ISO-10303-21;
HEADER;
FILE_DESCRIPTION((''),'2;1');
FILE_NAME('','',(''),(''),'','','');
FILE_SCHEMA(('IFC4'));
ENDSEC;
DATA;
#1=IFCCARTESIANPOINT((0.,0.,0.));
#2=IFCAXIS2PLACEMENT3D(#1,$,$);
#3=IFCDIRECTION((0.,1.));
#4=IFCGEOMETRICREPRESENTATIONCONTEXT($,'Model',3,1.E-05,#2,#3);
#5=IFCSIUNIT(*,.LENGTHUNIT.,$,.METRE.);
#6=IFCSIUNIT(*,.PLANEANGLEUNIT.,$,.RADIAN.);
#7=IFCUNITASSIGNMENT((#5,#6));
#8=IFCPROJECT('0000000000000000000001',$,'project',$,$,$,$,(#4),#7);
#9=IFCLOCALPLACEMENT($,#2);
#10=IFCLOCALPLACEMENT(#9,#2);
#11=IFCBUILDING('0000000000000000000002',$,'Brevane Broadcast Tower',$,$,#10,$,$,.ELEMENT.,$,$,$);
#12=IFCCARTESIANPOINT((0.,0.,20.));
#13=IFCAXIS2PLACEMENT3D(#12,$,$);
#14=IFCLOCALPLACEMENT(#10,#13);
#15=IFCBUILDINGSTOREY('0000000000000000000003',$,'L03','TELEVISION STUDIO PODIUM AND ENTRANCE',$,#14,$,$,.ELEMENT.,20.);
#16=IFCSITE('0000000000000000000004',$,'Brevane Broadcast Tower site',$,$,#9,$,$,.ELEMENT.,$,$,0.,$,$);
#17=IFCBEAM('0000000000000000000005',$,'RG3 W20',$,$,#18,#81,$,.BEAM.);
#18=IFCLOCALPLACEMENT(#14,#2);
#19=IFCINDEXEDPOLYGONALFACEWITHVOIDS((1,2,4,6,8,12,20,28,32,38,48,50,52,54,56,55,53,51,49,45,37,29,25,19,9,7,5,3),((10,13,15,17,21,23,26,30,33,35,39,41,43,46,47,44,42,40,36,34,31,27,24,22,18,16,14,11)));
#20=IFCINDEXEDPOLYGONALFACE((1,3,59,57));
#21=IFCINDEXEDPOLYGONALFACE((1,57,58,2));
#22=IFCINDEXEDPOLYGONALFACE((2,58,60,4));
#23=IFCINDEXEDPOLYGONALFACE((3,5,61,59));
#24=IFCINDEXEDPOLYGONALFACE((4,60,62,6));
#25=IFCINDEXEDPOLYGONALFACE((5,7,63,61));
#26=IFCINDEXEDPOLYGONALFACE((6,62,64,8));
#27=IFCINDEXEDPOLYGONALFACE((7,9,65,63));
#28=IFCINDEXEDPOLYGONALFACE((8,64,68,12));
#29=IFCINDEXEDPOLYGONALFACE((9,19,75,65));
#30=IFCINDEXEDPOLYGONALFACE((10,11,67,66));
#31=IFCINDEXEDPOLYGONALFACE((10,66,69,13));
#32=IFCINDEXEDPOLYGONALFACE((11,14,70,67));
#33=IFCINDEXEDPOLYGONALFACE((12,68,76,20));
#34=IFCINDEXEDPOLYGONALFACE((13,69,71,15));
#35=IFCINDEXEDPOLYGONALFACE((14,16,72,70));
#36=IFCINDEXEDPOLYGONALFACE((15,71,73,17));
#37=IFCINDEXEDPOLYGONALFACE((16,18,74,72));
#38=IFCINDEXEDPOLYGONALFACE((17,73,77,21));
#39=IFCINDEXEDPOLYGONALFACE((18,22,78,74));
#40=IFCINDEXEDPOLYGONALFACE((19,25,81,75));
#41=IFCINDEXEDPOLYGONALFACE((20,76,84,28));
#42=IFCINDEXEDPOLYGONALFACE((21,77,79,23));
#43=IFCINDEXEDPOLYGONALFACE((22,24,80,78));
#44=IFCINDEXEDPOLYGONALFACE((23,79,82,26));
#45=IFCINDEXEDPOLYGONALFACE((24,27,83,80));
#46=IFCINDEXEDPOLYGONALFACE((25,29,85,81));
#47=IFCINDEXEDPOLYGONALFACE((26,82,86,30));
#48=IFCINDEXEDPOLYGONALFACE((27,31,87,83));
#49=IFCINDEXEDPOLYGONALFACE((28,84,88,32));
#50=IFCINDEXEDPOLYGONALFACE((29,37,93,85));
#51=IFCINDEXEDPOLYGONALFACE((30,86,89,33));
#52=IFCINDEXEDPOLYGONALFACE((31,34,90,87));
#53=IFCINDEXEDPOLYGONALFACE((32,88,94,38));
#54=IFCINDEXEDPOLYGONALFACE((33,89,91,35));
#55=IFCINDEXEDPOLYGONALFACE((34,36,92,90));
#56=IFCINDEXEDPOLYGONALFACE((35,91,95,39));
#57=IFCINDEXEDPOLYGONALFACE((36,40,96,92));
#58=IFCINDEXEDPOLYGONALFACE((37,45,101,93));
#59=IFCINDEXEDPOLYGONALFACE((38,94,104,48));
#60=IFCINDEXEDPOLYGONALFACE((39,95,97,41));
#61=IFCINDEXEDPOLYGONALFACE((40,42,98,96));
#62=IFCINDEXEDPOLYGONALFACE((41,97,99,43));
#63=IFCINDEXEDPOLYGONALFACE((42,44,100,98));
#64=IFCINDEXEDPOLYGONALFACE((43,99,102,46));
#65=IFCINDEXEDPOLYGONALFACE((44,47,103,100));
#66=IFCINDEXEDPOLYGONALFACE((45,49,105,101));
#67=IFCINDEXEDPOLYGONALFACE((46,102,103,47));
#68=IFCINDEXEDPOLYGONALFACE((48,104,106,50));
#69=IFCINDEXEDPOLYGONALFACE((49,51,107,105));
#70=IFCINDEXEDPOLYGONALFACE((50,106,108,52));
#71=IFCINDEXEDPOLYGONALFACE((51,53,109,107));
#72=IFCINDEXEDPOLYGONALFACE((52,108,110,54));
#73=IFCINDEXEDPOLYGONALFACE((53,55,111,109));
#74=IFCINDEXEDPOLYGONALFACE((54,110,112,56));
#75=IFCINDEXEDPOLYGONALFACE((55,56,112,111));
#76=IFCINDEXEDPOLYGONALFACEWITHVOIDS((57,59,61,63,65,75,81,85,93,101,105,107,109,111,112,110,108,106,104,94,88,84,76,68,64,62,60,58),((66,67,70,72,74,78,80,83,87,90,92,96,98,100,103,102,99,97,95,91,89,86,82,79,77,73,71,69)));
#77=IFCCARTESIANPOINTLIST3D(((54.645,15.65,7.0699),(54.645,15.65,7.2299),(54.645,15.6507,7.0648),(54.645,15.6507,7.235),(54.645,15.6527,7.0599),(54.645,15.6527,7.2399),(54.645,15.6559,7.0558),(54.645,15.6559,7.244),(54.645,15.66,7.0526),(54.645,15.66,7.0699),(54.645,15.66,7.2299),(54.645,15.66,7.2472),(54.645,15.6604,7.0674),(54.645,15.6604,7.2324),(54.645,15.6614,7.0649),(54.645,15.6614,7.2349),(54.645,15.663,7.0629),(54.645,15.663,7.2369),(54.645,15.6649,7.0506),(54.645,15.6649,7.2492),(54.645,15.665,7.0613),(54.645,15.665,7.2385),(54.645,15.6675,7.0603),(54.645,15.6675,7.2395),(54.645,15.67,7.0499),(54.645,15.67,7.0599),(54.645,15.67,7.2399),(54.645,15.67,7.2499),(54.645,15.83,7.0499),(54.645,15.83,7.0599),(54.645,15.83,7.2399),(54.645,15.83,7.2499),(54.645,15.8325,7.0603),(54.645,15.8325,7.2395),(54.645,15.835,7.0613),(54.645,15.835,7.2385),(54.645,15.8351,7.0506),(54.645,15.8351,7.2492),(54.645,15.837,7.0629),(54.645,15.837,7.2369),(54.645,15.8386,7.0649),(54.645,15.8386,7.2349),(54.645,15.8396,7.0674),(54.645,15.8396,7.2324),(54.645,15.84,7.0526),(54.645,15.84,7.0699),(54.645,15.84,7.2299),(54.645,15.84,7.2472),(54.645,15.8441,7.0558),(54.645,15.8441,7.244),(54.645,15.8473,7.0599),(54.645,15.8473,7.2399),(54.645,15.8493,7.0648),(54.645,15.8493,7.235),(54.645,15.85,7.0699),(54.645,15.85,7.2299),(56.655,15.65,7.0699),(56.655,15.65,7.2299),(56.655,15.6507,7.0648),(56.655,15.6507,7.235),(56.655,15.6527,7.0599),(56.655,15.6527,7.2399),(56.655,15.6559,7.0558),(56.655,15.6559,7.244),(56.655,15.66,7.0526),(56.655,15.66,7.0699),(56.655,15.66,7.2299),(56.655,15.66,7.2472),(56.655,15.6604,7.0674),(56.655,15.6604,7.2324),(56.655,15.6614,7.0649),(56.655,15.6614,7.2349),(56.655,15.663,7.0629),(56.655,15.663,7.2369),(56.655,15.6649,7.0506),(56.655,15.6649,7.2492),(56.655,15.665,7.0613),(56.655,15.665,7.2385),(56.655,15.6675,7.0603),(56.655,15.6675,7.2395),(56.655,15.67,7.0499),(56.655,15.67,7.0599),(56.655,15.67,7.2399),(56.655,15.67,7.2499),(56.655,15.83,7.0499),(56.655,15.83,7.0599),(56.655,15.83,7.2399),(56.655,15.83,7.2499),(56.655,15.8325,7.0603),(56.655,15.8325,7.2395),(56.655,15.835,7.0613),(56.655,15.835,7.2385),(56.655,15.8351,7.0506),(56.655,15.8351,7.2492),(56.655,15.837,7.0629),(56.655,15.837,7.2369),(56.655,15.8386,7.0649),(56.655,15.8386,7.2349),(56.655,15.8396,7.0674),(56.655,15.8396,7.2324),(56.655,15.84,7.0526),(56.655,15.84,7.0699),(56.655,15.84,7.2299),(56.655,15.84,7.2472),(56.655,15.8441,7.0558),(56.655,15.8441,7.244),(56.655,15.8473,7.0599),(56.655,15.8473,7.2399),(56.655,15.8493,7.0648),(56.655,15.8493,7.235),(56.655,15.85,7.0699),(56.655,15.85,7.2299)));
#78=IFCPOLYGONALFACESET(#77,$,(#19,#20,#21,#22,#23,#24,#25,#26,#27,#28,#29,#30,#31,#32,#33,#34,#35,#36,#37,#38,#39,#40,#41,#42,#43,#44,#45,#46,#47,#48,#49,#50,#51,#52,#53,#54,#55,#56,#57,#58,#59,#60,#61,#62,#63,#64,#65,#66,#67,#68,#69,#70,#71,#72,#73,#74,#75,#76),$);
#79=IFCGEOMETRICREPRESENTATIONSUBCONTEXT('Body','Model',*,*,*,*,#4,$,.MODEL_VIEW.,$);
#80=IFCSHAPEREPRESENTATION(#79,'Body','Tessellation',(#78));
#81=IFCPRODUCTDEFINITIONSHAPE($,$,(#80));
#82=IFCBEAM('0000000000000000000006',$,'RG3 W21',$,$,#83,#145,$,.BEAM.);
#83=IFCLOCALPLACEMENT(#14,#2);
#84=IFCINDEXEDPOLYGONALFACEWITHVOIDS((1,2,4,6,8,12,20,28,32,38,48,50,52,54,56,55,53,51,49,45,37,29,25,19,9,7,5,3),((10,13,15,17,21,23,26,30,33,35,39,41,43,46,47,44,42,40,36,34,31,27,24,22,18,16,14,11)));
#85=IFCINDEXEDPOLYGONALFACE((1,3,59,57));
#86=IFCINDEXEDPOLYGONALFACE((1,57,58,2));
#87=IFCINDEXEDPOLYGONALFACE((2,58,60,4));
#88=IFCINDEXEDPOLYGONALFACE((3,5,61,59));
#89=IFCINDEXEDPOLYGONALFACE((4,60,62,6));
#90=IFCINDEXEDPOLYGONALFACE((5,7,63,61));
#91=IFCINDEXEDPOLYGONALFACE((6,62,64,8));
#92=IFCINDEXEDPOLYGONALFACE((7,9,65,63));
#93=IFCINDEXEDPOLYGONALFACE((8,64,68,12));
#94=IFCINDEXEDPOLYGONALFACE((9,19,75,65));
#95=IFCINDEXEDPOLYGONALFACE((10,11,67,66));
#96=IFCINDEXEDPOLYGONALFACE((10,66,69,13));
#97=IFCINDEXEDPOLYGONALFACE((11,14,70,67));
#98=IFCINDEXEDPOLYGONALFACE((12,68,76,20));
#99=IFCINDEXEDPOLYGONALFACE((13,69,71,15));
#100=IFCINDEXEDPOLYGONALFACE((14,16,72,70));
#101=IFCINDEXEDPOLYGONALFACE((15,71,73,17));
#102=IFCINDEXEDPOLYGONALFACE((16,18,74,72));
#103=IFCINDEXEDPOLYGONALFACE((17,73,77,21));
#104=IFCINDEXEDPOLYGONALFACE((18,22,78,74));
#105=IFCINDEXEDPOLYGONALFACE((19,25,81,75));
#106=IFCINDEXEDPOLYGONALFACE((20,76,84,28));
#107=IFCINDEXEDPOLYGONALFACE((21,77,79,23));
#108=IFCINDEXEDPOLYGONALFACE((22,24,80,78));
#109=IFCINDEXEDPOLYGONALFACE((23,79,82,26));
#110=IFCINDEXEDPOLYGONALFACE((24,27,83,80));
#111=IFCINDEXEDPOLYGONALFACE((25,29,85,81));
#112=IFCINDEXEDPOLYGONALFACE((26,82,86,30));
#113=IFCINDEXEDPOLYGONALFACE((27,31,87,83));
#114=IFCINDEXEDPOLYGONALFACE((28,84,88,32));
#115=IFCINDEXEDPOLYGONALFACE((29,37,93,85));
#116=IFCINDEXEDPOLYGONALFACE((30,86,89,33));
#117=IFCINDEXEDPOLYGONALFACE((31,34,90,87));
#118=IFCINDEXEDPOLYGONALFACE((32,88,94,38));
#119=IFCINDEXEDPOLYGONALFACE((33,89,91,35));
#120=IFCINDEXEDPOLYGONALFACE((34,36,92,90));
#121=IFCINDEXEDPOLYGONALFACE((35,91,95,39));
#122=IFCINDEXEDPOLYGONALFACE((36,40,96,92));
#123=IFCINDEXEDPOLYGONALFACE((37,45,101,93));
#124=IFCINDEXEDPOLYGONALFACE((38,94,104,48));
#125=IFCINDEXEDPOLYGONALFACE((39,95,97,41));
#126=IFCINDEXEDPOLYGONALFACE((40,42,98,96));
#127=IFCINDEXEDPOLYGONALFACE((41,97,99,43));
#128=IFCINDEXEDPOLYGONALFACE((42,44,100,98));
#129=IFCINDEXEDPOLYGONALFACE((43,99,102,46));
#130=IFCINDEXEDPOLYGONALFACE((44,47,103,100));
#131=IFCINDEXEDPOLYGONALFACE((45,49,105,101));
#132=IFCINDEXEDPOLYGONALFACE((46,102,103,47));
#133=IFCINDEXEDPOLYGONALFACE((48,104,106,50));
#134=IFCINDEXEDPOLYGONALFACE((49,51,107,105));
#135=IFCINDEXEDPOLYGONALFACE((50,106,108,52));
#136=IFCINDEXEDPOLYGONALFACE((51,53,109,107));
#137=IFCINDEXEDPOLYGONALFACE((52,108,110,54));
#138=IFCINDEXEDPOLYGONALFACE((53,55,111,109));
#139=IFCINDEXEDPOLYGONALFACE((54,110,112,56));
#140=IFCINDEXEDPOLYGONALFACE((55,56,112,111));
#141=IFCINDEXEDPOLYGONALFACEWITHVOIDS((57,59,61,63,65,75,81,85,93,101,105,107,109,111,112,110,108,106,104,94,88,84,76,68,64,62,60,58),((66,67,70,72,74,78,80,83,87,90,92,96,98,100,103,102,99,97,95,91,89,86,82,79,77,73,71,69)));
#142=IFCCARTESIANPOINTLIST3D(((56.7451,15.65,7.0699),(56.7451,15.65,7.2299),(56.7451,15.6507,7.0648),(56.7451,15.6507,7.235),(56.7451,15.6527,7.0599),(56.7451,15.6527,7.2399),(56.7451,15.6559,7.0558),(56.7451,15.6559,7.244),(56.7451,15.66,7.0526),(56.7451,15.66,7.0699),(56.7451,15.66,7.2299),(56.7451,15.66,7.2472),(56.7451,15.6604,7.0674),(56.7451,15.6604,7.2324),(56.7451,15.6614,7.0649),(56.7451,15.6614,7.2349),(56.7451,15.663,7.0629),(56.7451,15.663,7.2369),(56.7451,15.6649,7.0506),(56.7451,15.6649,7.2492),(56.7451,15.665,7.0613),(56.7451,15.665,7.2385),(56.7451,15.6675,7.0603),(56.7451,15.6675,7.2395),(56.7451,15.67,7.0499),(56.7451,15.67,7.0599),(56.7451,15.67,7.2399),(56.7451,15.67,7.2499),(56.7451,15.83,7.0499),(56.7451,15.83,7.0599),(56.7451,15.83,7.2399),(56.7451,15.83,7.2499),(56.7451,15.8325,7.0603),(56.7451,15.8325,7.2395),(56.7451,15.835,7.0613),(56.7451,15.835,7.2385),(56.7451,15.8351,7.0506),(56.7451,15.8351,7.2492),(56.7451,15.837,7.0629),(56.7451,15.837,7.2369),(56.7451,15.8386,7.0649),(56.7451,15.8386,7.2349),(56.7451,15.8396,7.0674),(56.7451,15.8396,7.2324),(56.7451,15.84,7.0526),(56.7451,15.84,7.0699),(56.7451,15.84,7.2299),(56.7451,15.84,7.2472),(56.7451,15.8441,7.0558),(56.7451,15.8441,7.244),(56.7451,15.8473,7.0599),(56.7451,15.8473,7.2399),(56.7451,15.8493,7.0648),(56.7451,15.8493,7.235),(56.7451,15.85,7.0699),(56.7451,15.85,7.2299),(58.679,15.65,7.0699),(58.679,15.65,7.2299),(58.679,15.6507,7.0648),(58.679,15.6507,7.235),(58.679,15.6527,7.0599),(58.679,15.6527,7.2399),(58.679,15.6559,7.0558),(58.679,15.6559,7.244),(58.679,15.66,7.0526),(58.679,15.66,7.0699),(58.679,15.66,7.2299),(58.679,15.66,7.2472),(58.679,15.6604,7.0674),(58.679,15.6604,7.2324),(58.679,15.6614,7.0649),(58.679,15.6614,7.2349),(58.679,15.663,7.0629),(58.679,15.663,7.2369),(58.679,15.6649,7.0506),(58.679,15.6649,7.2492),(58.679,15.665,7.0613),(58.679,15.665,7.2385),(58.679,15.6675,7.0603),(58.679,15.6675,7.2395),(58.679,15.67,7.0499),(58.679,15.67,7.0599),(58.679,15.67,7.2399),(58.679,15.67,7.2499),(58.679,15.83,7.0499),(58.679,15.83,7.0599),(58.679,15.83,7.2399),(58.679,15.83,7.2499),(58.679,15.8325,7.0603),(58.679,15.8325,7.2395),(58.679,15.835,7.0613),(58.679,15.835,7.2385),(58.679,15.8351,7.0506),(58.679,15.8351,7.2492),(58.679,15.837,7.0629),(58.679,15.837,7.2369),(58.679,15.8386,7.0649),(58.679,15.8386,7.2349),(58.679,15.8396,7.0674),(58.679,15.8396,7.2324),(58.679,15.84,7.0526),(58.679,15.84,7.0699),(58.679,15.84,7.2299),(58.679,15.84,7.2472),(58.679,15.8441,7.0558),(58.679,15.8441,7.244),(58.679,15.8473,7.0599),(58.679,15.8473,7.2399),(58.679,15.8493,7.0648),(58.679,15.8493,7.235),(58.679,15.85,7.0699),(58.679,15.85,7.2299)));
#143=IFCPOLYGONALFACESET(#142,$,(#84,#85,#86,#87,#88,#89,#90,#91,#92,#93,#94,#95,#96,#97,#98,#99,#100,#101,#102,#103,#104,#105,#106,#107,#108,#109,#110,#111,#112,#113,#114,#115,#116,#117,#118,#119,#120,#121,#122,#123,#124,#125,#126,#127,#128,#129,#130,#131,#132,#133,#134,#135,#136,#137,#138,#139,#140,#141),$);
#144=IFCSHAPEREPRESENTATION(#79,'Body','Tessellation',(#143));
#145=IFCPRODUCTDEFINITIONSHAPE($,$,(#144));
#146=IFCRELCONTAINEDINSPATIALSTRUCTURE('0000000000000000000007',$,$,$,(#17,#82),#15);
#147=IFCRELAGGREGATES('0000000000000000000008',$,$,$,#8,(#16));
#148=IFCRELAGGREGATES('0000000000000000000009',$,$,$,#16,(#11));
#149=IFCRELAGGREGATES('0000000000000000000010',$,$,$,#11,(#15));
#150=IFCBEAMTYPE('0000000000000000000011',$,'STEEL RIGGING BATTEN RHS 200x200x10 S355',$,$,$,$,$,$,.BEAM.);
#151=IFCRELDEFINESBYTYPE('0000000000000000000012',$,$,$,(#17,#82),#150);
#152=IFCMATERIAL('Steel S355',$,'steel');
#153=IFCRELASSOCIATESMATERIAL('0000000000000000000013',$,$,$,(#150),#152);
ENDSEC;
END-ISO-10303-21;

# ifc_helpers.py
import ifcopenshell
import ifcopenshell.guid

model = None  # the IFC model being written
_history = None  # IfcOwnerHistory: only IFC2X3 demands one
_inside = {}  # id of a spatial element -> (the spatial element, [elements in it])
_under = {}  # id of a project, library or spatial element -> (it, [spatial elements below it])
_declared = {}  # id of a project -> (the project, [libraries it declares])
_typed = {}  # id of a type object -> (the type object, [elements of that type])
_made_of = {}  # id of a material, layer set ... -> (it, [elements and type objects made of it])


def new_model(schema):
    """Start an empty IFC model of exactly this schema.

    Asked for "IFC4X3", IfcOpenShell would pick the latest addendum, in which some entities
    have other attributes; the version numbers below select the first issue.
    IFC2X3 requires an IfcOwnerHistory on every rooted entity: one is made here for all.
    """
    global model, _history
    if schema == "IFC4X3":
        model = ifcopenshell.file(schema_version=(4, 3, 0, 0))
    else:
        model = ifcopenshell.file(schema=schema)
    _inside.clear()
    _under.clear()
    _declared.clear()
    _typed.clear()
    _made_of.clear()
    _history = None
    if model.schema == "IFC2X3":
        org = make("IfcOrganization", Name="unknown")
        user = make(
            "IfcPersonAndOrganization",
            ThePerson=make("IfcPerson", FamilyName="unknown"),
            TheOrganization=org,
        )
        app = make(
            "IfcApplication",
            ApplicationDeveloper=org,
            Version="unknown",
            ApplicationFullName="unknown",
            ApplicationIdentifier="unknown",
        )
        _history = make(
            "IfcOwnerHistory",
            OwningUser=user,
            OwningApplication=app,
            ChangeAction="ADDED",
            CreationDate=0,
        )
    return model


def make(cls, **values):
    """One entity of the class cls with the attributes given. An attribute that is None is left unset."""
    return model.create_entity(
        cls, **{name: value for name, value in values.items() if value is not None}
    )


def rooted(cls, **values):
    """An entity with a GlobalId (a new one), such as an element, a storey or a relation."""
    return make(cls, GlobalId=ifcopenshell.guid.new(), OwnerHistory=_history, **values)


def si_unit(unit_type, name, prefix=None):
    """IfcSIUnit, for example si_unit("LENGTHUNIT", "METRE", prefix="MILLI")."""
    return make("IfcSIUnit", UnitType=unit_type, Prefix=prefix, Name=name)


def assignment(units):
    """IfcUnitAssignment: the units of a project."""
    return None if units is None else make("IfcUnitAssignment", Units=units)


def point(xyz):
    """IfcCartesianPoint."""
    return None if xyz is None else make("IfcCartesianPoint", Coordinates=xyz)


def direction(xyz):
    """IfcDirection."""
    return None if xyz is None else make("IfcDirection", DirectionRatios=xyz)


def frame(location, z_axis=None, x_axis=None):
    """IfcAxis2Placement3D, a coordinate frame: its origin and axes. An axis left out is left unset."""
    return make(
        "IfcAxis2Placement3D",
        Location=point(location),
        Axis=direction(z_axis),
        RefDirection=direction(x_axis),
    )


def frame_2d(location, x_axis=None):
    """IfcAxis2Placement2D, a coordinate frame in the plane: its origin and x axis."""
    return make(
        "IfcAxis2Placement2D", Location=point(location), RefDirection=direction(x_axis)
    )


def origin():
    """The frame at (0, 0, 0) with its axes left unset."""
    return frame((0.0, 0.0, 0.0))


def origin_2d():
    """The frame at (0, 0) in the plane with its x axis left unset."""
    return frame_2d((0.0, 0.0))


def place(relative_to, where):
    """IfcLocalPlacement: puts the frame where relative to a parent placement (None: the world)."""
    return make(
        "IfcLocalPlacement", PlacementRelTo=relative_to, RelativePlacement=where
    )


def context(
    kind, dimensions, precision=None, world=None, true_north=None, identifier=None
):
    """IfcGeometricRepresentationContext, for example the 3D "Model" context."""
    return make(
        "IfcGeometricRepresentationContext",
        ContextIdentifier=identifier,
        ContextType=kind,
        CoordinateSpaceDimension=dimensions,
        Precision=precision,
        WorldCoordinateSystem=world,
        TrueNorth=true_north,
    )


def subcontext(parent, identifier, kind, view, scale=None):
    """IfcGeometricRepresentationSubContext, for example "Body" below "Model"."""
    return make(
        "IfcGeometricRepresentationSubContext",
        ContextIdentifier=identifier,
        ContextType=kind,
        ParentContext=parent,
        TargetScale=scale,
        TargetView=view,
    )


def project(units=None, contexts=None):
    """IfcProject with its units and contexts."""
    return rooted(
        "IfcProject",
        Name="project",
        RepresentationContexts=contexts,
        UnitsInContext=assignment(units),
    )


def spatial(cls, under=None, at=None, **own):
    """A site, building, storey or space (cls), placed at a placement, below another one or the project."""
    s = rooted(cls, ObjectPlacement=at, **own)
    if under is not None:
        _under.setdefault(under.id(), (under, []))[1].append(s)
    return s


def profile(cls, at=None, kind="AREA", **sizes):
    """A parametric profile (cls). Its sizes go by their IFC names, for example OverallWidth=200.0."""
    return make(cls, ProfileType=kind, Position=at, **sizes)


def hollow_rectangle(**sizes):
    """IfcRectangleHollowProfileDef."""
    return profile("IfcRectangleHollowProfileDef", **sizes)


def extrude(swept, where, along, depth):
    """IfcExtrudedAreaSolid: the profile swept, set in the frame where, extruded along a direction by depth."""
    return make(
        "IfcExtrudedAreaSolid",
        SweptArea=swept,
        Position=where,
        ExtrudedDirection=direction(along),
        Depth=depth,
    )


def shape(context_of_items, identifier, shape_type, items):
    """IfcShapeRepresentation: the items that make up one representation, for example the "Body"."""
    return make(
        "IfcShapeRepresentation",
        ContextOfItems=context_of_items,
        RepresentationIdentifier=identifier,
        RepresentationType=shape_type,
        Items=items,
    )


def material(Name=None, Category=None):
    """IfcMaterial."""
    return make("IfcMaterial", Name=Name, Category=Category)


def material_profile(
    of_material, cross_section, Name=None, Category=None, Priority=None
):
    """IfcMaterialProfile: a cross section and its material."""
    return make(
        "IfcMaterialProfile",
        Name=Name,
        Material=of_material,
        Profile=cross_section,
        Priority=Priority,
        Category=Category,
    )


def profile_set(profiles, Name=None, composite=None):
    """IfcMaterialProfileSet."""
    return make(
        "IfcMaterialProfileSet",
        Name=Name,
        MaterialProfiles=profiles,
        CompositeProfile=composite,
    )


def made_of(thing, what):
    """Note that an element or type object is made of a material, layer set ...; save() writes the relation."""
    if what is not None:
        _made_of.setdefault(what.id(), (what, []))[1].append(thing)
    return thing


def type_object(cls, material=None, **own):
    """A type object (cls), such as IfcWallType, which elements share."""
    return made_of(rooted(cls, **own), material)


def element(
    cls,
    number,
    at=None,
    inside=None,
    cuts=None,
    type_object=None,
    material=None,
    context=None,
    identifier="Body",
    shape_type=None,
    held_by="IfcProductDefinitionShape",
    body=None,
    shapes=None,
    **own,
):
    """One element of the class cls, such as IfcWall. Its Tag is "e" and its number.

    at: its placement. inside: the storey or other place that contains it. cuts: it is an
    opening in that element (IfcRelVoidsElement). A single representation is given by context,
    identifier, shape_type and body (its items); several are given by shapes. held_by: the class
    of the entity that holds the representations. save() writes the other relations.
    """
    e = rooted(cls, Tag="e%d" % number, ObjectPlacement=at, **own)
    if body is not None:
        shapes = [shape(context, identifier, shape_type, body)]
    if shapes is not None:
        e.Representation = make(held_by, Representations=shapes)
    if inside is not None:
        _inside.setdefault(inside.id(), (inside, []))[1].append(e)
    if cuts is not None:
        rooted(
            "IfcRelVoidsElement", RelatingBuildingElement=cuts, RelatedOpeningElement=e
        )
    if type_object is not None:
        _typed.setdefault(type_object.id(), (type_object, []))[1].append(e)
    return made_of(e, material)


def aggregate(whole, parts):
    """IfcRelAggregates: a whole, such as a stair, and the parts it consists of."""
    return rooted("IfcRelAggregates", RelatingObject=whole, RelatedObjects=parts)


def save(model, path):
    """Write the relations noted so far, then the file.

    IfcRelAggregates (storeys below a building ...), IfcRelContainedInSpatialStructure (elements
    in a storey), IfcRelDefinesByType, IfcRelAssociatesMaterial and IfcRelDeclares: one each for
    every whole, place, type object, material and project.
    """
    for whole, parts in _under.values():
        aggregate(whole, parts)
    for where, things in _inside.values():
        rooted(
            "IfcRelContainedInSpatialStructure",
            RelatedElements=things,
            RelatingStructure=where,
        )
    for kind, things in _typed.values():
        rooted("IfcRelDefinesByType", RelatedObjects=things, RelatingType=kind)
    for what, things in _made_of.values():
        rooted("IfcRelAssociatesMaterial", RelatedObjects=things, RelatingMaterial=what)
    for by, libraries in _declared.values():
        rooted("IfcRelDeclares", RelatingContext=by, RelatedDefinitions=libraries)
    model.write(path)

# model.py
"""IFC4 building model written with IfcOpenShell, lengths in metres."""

from ifc_helpers import new_model, si_unit, direction, frame, origin, origin_2d, place, context, subcontext, project, spatial, hollow_rectangle, extrude, material, material_profile, profile_set, type_object, element, save


model = new_model("IFC4")

# Units and contexts
model_context = context("Model", 3, precision=1e-05, world=origin(), true_north=direction((0.0, 1.0)))
body_context = subcontext(model_context, "Body", "Model", "MODEL_VIEW")
ifc_project = project(units=[si_unit("LENGTHUNIT", "METRE"), si_unit("PLANEANGLEUNIT", "RADIAN")], contexts=[model_context])

# Site, building, storey
site_placement = place(None, origin())
site = spatial("IfcSite", under=ifc_project, at=site_placement, Name="Brevane Broadcast Tower site", CompositionType="ELEMENT", RefElevation=0.0)
building_placement = place(site_placement, origin())
building = spatial("IfcBuilding", under=site, at=building_placement, Name="Brevane Broadcast Tower", CompositionType="ELEMENT")
storey_placement = place(building_placement, frame((0.0, 0.0, 20.0)))
storey = spatial("IfcBuildingStorey", under=building, at=storey_placement, Name="L03", Description="TELEVISION STUDIO PODIUM AND ENTRANCE", CompositionType="ELEMENT", Elevation=20.0)

# Beams
ifc_material_1 = material(Name="Steel S355", Category="steel")
ifc_material_profile_1 = material_profile(ifc_material_1, hollow_rectangle(XDim=0.2, YDim=0.2, WallThickness=0.01, InnerFilletRadius=0.01, OuterFilletRadius=0.02, at=origin_2d()), Name="RHS 200x200x10")
ifc_profile_set_1 = profile_set([ifc_material_profile_1], Name="Steel S355")
beam_type_1 = type_object("IfcBeamType", Name="STEEL RIGGING BATTEN RHS 200x200x10 S355", PredefinedType="BEAM", material=ifc_profile_set_1)
beam_1_placement = place(storey_placement, frame((54.645, 15.75, 7.1499), z_axis=(1.0, 0.0, 0.0), x_axis=(0.0, 1.0, 0.0)))
element("IfcBeam", 1, at=beam_1_placement, inside=storey, type_object=beam_type_1, Name="RG3 W20", PredefinedType="BEAM", context=body_context, shape_type="SweptSolid", body=[
    extrude(hollow_rectangle(XDim=0.2, YDim=0.2, WallThickness=0.01, InnerFilletRadius=0.01, OuterFilletRadius=0.02, at=origin_2d()), origin(), (0.0, 0.0, 1.0), 2.01),
])
beam_2_placement = place(storey_placement, frame((56.7451, 15.75, 7.1499), z_axis=(1.0, 0.0, 0.0), x_axis=(0.0, 1.0, 0.0)))
element("IfcBeam", 2, at=beam_2_placement, inside=storey, type_object=beam_type_1, Name="RG3 W21", PredefinedType="BEAM", context=body_context, shape_type="SweptSolid", body=[
    extrude(hollow_rectangle(XDim=0.2, YDim=0.2, WallThickness=0.01, InnerFilletRadius=0.01, OuterFilletRadius=0.02, at=origin_2d()), origin(), (0.0, 0.0, 1.0), 1.9338),
])

save(model, "model.ifc")
